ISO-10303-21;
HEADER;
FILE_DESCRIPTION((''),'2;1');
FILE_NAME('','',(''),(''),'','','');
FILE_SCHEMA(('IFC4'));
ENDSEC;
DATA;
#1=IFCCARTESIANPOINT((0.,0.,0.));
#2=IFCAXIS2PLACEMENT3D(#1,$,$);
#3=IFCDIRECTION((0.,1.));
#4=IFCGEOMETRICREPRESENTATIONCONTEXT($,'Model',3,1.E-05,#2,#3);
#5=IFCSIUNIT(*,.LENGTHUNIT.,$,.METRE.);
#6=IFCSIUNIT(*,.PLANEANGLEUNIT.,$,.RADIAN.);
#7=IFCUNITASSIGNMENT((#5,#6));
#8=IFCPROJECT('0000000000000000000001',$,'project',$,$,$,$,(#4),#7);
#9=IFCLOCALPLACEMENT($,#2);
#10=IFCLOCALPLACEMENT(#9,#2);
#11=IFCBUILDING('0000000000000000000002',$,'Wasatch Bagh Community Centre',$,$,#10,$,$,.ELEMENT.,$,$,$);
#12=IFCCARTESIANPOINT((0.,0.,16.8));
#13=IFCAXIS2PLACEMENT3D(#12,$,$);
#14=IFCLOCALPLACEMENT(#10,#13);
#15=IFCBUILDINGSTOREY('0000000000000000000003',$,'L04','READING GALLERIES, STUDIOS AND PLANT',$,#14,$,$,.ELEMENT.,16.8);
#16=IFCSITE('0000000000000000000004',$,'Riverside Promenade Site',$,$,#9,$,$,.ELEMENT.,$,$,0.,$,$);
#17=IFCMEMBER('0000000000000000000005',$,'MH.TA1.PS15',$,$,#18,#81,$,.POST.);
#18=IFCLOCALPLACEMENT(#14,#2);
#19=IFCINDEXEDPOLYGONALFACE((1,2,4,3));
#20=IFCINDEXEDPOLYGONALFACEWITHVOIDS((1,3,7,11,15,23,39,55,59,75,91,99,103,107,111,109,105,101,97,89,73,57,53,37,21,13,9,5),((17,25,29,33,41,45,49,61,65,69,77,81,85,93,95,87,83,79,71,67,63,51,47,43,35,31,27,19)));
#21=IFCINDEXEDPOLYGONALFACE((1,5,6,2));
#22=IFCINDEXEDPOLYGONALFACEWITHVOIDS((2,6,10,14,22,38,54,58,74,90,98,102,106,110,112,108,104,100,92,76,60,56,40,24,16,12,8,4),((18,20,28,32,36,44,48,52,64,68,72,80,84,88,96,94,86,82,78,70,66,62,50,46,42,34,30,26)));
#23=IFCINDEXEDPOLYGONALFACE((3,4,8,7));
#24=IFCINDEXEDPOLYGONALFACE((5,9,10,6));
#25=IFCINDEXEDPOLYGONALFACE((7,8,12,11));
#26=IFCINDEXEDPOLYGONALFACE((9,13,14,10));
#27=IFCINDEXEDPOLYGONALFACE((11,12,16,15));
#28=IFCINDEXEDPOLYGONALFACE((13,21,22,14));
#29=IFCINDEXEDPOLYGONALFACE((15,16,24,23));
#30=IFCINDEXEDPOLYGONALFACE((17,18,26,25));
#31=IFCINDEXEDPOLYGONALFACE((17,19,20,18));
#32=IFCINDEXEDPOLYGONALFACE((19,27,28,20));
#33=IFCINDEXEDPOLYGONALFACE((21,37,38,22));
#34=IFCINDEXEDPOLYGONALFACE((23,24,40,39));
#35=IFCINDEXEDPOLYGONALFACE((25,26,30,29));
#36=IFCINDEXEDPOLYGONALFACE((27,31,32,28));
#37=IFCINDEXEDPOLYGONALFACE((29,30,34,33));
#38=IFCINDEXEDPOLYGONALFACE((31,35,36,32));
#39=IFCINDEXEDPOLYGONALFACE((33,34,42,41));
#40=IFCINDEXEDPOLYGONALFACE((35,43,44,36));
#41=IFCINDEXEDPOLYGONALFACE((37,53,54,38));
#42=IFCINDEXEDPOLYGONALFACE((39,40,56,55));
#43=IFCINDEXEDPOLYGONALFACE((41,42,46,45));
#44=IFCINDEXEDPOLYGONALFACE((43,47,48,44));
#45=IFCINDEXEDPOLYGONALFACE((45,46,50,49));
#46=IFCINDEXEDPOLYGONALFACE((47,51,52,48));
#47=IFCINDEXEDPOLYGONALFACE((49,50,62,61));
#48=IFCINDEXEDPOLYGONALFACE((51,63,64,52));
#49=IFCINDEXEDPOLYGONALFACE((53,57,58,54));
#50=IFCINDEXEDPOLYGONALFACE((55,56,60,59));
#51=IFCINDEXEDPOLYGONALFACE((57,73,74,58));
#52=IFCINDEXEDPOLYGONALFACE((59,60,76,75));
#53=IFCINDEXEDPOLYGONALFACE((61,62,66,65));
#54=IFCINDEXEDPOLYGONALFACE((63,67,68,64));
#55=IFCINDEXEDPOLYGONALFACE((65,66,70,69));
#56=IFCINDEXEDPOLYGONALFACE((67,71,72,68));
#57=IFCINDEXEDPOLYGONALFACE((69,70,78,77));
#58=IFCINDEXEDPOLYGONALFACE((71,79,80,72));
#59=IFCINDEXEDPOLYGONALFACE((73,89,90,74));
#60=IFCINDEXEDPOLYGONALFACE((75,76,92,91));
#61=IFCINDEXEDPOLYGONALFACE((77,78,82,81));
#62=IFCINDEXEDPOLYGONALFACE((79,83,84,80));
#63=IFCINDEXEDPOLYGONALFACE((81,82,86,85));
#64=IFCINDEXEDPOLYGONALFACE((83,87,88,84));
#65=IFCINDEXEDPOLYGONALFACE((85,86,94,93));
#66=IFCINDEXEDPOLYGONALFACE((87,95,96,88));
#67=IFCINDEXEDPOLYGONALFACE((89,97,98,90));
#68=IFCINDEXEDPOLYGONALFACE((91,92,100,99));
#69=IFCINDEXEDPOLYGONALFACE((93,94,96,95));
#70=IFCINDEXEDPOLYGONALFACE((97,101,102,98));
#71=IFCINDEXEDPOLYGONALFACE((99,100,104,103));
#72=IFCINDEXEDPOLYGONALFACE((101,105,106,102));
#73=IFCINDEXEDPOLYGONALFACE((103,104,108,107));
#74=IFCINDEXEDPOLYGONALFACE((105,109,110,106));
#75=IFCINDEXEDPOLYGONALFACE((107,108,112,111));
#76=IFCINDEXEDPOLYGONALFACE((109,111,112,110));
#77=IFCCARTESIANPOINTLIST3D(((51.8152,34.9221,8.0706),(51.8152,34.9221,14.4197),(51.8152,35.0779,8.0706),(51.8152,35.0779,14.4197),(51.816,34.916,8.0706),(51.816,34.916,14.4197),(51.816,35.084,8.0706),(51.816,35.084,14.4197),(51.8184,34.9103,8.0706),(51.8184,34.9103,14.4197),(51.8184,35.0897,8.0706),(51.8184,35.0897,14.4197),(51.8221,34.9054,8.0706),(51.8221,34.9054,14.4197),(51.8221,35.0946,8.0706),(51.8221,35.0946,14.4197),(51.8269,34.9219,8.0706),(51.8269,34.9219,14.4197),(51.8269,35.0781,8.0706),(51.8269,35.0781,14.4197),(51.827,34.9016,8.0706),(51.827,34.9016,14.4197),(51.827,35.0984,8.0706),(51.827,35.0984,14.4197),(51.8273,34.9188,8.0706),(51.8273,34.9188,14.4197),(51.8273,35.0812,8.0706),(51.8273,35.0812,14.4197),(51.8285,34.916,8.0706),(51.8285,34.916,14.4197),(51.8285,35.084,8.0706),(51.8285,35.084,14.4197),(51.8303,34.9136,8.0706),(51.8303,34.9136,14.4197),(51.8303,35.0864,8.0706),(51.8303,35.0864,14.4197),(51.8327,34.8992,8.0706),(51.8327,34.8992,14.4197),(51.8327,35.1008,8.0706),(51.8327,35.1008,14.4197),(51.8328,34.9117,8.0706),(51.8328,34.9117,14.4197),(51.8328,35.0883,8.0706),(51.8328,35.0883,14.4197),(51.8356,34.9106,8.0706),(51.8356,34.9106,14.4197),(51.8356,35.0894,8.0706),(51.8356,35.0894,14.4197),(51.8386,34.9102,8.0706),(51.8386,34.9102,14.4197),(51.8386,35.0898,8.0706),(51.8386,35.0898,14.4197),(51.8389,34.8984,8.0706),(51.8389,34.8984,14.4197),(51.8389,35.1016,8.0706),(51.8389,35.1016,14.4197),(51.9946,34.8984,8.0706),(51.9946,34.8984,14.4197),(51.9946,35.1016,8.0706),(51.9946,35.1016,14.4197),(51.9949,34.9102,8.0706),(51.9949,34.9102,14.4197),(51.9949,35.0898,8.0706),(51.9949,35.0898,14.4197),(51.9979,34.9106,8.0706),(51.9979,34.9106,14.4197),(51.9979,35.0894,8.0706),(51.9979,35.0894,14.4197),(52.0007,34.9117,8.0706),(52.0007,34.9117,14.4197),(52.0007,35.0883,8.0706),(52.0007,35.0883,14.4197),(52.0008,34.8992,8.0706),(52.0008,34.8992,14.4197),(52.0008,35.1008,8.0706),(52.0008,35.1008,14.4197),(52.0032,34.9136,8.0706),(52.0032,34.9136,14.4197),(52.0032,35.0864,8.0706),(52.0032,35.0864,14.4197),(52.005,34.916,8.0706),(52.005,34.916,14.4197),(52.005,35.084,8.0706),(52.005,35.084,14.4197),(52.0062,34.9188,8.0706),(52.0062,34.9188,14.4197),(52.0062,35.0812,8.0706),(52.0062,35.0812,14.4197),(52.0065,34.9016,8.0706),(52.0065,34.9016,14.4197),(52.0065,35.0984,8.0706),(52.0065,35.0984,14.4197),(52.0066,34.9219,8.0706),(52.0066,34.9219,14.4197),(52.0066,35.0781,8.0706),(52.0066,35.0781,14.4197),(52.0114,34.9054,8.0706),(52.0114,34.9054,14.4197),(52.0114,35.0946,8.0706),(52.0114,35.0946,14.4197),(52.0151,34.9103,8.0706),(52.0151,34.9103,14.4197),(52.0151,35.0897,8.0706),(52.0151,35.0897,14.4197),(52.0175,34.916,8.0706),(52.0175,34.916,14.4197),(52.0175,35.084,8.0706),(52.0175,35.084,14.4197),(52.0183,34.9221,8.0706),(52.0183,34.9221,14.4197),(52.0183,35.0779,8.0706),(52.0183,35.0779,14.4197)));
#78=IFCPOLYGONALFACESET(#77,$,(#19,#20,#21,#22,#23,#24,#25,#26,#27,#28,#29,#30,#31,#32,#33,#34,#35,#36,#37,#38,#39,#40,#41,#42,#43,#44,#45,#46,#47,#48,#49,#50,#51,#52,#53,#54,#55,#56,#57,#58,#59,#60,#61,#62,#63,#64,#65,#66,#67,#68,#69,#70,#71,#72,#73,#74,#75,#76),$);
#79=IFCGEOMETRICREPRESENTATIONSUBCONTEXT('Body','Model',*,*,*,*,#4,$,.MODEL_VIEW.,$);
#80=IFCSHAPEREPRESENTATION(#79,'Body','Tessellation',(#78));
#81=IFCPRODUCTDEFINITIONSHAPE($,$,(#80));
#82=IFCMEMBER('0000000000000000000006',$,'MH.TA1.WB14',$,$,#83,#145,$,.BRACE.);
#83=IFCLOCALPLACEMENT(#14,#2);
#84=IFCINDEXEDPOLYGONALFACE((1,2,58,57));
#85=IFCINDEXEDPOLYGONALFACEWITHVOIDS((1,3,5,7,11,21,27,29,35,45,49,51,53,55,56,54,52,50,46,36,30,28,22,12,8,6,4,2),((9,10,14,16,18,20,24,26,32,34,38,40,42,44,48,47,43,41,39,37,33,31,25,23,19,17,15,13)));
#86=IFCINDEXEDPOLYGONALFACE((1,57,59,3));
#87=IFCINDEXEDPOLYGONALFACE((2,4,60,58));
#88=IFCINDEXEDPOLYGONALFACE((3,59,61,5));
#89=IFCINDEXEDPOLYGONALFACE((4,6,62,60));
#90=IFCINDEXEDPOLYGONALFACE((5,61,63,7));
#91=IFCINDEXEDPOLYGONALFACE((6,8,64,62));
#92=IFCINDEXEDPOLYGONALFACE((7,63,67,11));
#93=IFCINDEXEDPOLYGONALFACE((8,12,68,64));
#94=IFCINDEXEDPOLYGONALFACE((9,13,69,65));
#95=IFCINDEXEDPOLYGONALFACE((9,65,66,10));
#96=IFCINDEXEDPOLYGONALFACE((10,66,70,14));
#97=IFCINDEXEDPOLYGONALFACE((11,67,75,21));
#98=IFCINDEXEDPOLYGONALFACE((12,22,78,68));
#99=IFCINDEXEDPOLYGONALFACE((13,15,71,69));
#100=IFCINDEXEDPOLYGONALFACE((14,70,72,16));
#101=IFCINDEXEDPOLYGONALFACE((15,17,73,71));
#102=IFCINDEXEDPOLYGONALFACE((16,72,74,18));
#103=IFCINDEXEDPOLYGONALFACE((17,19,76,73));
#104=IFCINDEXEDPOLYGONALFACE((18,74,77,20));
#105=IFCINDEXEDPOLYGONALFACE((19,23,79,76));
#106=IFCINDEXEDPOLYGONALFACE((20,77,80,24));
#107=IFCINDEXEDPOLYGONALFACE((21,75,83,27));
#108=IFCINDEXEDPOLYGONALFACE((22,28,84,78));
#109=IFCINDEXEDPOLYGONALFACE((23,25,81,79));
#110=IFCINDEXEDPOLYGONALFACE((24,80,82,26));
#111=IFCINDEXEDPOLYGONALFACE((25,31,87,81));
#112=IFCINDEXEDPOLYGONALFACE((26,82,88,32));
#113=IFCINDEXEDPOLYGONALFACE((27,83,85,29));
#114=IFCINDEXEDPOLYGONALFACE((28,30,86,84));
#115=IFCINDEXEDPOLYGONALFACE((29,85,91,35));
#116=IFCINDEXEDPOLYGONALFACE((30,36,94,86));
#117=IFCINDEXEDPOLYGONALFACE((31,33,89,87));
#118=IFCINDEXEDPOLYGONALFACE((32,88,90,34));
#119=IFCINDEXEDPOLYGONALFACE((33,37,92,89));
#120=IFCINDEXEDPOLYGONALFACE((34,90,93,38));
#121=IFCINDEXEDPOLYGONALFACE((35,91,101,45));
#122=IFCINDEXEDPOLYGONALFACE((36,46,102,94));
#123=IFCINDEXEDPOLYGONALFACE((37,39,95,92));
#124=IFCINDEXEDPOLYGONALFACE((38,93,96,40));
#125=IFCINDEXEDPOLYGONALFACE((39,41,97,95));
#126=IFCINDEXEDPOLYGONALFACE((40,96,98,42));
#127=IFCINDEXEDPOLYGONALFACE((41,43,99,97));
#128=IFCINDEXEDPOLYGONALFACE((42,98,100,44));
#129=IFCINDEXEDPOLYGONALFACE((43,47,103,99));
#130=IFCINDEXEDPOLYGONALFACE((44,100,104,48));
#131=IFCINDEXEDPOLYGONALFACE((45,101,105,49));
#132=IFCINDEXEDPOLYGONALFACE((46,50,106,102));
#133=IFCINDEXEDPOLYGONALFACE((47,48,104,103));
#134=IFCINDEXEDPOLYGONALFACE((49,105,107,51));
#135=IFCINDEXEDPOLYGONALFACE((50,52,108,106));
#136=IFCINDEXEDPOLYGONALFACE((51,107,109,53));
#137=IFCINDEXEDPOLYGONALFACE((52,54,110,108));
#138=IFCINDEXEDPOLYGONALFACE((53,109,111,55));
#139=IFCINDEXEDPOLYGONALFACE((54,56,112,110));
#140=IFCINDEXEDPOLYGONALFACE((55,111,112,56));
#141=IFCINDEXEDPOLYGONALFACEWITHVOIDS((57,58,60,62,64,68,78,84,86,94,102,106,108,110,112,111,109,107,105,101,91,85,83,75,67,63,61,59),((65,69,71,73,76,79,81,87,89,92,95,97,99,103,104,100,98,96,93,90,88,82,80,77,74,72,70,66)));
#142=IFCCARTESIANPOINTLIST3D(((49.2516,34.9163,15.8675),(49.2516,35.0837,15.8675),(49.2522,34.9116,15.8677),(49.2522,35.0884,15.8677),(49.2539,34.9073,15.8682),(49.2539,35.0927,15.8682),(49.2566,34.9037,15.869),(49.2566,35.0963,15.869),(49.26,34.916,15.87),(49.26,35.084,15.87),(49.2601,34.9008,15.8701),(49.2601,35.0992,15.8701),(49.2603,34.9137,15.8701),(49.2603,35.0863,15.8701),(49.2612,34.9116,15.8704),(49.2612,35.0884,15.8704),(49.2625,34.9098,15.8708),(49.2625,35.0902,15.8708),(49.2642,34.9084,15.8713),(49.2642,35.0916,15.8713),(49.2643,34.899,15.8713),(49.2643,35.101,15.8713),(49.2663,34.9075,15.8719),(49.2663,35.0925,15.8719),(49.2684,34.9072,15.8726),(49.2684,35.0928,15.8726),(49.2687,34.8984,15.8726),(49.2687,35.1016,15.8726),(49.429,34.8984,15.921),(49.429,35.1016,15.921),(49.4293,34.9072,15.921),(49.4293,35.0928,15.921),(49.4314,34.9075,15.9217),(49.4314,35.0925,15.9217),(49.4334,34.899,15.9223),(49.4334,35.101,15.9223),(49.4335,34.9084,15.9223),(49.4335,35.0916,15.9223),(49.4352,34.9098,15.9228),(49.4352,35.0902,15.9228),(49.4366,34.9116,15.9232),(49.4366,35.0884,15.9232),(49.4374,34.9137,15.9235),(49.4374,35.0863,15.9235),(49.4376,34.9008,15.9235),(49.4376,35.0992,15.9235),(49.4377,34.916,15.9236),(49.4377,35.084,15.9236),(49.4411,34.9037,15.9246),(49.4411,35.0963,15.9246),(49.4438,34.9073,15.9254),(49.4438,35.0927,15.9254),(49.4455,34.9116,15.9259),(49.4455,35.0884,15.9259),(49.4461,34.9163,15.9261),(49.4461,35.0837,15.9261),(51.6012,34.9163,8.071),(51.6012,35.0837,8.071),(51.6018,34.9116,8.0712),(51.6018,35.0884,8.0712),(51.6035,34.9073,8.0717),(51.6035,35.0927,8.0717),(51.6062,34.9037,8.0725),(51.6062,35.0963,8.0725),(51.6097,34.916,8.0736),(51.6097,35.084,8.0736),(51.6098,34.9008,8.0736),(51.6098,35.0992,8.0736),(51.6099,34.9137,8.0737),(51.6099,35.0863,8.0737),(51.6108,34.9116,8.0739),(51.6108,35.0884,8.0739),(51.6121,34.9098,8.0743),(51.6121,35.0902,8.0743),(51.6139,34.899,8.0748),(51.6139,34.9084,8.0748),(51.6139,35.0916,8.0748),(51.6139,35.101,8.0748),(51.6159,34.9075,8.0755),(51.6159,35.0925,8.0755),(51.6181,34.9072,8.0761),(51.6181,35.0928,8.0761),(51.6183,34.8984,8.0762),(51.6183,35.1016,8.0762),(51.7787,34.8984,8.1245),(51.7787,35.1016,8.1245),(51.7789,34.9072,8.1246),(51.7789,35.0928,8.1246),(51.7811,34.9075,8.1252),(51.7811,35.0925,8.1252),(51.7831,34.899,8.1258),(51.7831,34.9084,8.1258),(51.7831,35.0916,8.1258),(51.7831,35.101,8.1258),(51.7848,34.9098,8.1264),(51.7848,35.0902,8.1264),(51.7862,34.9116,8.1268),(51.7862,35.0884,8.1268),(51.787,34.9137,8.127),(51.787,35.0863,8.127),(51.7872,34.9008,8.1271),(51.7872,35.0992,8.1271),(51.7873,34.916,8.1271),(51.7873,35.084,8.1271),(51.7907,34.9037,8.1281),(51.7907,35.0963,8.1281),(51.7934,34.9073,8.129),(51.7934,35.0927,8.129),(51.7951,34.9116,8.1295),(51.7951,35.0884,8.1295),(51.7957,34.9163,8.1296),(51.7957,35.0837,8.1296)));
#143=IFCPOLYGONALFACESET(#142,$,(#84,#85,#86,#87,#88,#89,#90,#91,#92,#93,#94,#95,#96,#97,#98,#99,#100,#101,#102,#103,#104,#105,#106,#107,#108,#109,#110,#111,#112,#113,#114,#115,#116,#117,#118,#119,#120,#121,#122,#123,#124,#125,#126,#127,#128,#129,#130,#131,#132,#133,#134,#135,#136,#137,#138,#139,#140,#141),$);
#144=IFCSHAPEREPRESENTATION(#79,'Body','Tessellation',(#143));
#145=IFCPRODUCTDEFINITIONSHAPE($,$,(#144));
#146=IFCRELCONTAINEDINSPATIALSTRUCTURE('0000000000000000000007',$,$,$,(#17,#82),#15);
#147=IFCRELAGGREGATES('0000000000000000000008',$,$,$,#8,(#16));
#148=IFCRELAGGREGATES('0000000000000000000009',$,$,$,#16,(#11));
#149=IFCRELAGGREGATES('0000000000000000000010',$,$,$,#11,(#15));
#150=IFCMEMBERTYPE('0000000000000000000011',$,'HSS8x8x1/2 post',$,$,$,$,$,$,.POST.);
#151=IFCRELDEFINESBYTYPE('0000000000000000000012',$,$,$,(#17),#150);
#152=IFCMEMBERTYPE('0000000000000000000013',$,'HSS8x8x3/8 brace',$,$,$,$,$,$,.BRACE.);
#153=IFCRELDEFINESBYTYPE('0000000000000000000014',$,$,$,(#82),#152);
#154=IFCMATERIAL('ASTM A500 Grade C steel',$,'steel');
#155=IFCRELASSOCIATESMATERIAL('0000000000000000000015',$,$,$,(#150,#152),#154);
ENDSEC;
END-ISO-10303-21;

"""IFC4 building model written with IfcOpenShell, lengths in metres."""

from ifc_helpers import new_model, si_unit, direction, frame, origin, origin_2d, place, context, subcontext, project, spatial, hollow_rectangle, extrude, material, material_profile, profile_set, type_object, element, save


model = new_model("IFC4")

# Units and contexts
model_context = context("Model", 3, precision=1e-05, world=origin(), true_north=direction((0.0, 1.0)))
body_context = subcontext(model_context, "Body", "Model", "MODEL_VIEW")
ifc_project = project(units=[si_unit("LENGTHUNIT", "METRE"), si_unit("PLANEANGLEUNIT", "RADIAN")], contexts=[model_context])

# Site, building, storey
site_placement = place(None, origin())
site = spatial("IfcSite", under=ifc_project, at=site_placement, Name="Riverside Promenade Site", CompositionType="ELEMENT", RefElevation=0.0)
building_placement = place(site_placement, origin())
building = spatial("IfcBuilding", under=site, at=building_placement, Name="Wasatch Bagh Community Centre", CompositionType="ELEMENT")
storey_placement = place(building_placement, frame((0.0, 0.0, 16.8)))
storey = spatial("IfcBuildingStorey", under=building, at=storey_placement, Name="L04", Description="READING GALLERIES, STUDIOS AND PLANT", CompositionType="ELEMENT", Elevation=16.8)

# Members
ifc_material_1 = material(Name="ASTM A500 Grade C steel", Category="steel")
ifc_material_profile_1 = material_profile(ifc_material_1, hollow_rectangle(XDim=0.2031, YDim=0.2031, WallThickness=0.0117, InnerFilletRadius=0.0117, OuterFilletRadius=0.0237, at=origin_2d()), Name="HSS8x8x1/2")
ifc_profile_set_1 = profile_set([ifc_material_profile_1], Name="ASTM A500 Grade C steel")
member_type_1 = type_object("IfcMemberType", Name="HSS8x8x1/2 post", PredefinedType="POST", material=ifc_profile_set_1)
member_1_placement = place(storey_placement, frame((51.9167, 35.0, 8.0706), z_axis=(0.0, 0.0, 1.0), x_axis=(1.0, 0.0, 0.0)))
element("IfcMember", 1, at=member_1_placement, inside=storey, type_object=member_type_1, Name="MH.TA1.PS15", PredefinedType="POST", context=body_context, shape_type="SweptSolid", body=[
    extrude(hollow_rectangle(XDim=0.2031, YDim=0.2031, WallThickness=0.0117, InnerFilletRadius=0.0117, OuterFilletRadius=0.0237, at=origin_2d()), origin(), (0.0, 0.0, 1.0), 6.3491),
])
ifc_material_profile_2 = material_profile(ifc_material_1, hollow_rectangle(XDim=0.2031, YDim=0.2031, WallThickness=0.0088, InnerFilletRadius=0.0088, OuterFilletRadius=0.0178, at=origin_2d()), Name="HSS8x8x3/8")
ifc_profile_set_2 = profile_set([ifc_material_profile_2], Name="ASTM A500 Grade C steel")
member_type_2 = type_object("IfcMemberType", Name="HSS8x8x3/8 brace", PredefinedType="BRACE", material=ifc_profile_set_2)
member_2_placement = place(storey_placement, frame((51.6985, 35.0, 8.1003), z_axis=(-0.288552, 0.0, 0.957464), x_axis=(0.0, -1.0, 0.0)))
element("IfcMember", 2, at=member_2_placement, inside=storey, type_object=member_type_2, Name="MH.TA1.WB14", PredefinedType="BRACE", context=body_context, shape_type="SweptSolid", body=[
    extrude(hollow_rectangle(XDim=0.2031, YDim=0.2031, WallThickness=0.0088, InnerFilletRadius=0.0088, OuterFilletRadius=0.0178, at=origin_2d()), origin(), (0.0, 0.0, 1.0), 8.1428),
])

save(model, "model.ifc")
